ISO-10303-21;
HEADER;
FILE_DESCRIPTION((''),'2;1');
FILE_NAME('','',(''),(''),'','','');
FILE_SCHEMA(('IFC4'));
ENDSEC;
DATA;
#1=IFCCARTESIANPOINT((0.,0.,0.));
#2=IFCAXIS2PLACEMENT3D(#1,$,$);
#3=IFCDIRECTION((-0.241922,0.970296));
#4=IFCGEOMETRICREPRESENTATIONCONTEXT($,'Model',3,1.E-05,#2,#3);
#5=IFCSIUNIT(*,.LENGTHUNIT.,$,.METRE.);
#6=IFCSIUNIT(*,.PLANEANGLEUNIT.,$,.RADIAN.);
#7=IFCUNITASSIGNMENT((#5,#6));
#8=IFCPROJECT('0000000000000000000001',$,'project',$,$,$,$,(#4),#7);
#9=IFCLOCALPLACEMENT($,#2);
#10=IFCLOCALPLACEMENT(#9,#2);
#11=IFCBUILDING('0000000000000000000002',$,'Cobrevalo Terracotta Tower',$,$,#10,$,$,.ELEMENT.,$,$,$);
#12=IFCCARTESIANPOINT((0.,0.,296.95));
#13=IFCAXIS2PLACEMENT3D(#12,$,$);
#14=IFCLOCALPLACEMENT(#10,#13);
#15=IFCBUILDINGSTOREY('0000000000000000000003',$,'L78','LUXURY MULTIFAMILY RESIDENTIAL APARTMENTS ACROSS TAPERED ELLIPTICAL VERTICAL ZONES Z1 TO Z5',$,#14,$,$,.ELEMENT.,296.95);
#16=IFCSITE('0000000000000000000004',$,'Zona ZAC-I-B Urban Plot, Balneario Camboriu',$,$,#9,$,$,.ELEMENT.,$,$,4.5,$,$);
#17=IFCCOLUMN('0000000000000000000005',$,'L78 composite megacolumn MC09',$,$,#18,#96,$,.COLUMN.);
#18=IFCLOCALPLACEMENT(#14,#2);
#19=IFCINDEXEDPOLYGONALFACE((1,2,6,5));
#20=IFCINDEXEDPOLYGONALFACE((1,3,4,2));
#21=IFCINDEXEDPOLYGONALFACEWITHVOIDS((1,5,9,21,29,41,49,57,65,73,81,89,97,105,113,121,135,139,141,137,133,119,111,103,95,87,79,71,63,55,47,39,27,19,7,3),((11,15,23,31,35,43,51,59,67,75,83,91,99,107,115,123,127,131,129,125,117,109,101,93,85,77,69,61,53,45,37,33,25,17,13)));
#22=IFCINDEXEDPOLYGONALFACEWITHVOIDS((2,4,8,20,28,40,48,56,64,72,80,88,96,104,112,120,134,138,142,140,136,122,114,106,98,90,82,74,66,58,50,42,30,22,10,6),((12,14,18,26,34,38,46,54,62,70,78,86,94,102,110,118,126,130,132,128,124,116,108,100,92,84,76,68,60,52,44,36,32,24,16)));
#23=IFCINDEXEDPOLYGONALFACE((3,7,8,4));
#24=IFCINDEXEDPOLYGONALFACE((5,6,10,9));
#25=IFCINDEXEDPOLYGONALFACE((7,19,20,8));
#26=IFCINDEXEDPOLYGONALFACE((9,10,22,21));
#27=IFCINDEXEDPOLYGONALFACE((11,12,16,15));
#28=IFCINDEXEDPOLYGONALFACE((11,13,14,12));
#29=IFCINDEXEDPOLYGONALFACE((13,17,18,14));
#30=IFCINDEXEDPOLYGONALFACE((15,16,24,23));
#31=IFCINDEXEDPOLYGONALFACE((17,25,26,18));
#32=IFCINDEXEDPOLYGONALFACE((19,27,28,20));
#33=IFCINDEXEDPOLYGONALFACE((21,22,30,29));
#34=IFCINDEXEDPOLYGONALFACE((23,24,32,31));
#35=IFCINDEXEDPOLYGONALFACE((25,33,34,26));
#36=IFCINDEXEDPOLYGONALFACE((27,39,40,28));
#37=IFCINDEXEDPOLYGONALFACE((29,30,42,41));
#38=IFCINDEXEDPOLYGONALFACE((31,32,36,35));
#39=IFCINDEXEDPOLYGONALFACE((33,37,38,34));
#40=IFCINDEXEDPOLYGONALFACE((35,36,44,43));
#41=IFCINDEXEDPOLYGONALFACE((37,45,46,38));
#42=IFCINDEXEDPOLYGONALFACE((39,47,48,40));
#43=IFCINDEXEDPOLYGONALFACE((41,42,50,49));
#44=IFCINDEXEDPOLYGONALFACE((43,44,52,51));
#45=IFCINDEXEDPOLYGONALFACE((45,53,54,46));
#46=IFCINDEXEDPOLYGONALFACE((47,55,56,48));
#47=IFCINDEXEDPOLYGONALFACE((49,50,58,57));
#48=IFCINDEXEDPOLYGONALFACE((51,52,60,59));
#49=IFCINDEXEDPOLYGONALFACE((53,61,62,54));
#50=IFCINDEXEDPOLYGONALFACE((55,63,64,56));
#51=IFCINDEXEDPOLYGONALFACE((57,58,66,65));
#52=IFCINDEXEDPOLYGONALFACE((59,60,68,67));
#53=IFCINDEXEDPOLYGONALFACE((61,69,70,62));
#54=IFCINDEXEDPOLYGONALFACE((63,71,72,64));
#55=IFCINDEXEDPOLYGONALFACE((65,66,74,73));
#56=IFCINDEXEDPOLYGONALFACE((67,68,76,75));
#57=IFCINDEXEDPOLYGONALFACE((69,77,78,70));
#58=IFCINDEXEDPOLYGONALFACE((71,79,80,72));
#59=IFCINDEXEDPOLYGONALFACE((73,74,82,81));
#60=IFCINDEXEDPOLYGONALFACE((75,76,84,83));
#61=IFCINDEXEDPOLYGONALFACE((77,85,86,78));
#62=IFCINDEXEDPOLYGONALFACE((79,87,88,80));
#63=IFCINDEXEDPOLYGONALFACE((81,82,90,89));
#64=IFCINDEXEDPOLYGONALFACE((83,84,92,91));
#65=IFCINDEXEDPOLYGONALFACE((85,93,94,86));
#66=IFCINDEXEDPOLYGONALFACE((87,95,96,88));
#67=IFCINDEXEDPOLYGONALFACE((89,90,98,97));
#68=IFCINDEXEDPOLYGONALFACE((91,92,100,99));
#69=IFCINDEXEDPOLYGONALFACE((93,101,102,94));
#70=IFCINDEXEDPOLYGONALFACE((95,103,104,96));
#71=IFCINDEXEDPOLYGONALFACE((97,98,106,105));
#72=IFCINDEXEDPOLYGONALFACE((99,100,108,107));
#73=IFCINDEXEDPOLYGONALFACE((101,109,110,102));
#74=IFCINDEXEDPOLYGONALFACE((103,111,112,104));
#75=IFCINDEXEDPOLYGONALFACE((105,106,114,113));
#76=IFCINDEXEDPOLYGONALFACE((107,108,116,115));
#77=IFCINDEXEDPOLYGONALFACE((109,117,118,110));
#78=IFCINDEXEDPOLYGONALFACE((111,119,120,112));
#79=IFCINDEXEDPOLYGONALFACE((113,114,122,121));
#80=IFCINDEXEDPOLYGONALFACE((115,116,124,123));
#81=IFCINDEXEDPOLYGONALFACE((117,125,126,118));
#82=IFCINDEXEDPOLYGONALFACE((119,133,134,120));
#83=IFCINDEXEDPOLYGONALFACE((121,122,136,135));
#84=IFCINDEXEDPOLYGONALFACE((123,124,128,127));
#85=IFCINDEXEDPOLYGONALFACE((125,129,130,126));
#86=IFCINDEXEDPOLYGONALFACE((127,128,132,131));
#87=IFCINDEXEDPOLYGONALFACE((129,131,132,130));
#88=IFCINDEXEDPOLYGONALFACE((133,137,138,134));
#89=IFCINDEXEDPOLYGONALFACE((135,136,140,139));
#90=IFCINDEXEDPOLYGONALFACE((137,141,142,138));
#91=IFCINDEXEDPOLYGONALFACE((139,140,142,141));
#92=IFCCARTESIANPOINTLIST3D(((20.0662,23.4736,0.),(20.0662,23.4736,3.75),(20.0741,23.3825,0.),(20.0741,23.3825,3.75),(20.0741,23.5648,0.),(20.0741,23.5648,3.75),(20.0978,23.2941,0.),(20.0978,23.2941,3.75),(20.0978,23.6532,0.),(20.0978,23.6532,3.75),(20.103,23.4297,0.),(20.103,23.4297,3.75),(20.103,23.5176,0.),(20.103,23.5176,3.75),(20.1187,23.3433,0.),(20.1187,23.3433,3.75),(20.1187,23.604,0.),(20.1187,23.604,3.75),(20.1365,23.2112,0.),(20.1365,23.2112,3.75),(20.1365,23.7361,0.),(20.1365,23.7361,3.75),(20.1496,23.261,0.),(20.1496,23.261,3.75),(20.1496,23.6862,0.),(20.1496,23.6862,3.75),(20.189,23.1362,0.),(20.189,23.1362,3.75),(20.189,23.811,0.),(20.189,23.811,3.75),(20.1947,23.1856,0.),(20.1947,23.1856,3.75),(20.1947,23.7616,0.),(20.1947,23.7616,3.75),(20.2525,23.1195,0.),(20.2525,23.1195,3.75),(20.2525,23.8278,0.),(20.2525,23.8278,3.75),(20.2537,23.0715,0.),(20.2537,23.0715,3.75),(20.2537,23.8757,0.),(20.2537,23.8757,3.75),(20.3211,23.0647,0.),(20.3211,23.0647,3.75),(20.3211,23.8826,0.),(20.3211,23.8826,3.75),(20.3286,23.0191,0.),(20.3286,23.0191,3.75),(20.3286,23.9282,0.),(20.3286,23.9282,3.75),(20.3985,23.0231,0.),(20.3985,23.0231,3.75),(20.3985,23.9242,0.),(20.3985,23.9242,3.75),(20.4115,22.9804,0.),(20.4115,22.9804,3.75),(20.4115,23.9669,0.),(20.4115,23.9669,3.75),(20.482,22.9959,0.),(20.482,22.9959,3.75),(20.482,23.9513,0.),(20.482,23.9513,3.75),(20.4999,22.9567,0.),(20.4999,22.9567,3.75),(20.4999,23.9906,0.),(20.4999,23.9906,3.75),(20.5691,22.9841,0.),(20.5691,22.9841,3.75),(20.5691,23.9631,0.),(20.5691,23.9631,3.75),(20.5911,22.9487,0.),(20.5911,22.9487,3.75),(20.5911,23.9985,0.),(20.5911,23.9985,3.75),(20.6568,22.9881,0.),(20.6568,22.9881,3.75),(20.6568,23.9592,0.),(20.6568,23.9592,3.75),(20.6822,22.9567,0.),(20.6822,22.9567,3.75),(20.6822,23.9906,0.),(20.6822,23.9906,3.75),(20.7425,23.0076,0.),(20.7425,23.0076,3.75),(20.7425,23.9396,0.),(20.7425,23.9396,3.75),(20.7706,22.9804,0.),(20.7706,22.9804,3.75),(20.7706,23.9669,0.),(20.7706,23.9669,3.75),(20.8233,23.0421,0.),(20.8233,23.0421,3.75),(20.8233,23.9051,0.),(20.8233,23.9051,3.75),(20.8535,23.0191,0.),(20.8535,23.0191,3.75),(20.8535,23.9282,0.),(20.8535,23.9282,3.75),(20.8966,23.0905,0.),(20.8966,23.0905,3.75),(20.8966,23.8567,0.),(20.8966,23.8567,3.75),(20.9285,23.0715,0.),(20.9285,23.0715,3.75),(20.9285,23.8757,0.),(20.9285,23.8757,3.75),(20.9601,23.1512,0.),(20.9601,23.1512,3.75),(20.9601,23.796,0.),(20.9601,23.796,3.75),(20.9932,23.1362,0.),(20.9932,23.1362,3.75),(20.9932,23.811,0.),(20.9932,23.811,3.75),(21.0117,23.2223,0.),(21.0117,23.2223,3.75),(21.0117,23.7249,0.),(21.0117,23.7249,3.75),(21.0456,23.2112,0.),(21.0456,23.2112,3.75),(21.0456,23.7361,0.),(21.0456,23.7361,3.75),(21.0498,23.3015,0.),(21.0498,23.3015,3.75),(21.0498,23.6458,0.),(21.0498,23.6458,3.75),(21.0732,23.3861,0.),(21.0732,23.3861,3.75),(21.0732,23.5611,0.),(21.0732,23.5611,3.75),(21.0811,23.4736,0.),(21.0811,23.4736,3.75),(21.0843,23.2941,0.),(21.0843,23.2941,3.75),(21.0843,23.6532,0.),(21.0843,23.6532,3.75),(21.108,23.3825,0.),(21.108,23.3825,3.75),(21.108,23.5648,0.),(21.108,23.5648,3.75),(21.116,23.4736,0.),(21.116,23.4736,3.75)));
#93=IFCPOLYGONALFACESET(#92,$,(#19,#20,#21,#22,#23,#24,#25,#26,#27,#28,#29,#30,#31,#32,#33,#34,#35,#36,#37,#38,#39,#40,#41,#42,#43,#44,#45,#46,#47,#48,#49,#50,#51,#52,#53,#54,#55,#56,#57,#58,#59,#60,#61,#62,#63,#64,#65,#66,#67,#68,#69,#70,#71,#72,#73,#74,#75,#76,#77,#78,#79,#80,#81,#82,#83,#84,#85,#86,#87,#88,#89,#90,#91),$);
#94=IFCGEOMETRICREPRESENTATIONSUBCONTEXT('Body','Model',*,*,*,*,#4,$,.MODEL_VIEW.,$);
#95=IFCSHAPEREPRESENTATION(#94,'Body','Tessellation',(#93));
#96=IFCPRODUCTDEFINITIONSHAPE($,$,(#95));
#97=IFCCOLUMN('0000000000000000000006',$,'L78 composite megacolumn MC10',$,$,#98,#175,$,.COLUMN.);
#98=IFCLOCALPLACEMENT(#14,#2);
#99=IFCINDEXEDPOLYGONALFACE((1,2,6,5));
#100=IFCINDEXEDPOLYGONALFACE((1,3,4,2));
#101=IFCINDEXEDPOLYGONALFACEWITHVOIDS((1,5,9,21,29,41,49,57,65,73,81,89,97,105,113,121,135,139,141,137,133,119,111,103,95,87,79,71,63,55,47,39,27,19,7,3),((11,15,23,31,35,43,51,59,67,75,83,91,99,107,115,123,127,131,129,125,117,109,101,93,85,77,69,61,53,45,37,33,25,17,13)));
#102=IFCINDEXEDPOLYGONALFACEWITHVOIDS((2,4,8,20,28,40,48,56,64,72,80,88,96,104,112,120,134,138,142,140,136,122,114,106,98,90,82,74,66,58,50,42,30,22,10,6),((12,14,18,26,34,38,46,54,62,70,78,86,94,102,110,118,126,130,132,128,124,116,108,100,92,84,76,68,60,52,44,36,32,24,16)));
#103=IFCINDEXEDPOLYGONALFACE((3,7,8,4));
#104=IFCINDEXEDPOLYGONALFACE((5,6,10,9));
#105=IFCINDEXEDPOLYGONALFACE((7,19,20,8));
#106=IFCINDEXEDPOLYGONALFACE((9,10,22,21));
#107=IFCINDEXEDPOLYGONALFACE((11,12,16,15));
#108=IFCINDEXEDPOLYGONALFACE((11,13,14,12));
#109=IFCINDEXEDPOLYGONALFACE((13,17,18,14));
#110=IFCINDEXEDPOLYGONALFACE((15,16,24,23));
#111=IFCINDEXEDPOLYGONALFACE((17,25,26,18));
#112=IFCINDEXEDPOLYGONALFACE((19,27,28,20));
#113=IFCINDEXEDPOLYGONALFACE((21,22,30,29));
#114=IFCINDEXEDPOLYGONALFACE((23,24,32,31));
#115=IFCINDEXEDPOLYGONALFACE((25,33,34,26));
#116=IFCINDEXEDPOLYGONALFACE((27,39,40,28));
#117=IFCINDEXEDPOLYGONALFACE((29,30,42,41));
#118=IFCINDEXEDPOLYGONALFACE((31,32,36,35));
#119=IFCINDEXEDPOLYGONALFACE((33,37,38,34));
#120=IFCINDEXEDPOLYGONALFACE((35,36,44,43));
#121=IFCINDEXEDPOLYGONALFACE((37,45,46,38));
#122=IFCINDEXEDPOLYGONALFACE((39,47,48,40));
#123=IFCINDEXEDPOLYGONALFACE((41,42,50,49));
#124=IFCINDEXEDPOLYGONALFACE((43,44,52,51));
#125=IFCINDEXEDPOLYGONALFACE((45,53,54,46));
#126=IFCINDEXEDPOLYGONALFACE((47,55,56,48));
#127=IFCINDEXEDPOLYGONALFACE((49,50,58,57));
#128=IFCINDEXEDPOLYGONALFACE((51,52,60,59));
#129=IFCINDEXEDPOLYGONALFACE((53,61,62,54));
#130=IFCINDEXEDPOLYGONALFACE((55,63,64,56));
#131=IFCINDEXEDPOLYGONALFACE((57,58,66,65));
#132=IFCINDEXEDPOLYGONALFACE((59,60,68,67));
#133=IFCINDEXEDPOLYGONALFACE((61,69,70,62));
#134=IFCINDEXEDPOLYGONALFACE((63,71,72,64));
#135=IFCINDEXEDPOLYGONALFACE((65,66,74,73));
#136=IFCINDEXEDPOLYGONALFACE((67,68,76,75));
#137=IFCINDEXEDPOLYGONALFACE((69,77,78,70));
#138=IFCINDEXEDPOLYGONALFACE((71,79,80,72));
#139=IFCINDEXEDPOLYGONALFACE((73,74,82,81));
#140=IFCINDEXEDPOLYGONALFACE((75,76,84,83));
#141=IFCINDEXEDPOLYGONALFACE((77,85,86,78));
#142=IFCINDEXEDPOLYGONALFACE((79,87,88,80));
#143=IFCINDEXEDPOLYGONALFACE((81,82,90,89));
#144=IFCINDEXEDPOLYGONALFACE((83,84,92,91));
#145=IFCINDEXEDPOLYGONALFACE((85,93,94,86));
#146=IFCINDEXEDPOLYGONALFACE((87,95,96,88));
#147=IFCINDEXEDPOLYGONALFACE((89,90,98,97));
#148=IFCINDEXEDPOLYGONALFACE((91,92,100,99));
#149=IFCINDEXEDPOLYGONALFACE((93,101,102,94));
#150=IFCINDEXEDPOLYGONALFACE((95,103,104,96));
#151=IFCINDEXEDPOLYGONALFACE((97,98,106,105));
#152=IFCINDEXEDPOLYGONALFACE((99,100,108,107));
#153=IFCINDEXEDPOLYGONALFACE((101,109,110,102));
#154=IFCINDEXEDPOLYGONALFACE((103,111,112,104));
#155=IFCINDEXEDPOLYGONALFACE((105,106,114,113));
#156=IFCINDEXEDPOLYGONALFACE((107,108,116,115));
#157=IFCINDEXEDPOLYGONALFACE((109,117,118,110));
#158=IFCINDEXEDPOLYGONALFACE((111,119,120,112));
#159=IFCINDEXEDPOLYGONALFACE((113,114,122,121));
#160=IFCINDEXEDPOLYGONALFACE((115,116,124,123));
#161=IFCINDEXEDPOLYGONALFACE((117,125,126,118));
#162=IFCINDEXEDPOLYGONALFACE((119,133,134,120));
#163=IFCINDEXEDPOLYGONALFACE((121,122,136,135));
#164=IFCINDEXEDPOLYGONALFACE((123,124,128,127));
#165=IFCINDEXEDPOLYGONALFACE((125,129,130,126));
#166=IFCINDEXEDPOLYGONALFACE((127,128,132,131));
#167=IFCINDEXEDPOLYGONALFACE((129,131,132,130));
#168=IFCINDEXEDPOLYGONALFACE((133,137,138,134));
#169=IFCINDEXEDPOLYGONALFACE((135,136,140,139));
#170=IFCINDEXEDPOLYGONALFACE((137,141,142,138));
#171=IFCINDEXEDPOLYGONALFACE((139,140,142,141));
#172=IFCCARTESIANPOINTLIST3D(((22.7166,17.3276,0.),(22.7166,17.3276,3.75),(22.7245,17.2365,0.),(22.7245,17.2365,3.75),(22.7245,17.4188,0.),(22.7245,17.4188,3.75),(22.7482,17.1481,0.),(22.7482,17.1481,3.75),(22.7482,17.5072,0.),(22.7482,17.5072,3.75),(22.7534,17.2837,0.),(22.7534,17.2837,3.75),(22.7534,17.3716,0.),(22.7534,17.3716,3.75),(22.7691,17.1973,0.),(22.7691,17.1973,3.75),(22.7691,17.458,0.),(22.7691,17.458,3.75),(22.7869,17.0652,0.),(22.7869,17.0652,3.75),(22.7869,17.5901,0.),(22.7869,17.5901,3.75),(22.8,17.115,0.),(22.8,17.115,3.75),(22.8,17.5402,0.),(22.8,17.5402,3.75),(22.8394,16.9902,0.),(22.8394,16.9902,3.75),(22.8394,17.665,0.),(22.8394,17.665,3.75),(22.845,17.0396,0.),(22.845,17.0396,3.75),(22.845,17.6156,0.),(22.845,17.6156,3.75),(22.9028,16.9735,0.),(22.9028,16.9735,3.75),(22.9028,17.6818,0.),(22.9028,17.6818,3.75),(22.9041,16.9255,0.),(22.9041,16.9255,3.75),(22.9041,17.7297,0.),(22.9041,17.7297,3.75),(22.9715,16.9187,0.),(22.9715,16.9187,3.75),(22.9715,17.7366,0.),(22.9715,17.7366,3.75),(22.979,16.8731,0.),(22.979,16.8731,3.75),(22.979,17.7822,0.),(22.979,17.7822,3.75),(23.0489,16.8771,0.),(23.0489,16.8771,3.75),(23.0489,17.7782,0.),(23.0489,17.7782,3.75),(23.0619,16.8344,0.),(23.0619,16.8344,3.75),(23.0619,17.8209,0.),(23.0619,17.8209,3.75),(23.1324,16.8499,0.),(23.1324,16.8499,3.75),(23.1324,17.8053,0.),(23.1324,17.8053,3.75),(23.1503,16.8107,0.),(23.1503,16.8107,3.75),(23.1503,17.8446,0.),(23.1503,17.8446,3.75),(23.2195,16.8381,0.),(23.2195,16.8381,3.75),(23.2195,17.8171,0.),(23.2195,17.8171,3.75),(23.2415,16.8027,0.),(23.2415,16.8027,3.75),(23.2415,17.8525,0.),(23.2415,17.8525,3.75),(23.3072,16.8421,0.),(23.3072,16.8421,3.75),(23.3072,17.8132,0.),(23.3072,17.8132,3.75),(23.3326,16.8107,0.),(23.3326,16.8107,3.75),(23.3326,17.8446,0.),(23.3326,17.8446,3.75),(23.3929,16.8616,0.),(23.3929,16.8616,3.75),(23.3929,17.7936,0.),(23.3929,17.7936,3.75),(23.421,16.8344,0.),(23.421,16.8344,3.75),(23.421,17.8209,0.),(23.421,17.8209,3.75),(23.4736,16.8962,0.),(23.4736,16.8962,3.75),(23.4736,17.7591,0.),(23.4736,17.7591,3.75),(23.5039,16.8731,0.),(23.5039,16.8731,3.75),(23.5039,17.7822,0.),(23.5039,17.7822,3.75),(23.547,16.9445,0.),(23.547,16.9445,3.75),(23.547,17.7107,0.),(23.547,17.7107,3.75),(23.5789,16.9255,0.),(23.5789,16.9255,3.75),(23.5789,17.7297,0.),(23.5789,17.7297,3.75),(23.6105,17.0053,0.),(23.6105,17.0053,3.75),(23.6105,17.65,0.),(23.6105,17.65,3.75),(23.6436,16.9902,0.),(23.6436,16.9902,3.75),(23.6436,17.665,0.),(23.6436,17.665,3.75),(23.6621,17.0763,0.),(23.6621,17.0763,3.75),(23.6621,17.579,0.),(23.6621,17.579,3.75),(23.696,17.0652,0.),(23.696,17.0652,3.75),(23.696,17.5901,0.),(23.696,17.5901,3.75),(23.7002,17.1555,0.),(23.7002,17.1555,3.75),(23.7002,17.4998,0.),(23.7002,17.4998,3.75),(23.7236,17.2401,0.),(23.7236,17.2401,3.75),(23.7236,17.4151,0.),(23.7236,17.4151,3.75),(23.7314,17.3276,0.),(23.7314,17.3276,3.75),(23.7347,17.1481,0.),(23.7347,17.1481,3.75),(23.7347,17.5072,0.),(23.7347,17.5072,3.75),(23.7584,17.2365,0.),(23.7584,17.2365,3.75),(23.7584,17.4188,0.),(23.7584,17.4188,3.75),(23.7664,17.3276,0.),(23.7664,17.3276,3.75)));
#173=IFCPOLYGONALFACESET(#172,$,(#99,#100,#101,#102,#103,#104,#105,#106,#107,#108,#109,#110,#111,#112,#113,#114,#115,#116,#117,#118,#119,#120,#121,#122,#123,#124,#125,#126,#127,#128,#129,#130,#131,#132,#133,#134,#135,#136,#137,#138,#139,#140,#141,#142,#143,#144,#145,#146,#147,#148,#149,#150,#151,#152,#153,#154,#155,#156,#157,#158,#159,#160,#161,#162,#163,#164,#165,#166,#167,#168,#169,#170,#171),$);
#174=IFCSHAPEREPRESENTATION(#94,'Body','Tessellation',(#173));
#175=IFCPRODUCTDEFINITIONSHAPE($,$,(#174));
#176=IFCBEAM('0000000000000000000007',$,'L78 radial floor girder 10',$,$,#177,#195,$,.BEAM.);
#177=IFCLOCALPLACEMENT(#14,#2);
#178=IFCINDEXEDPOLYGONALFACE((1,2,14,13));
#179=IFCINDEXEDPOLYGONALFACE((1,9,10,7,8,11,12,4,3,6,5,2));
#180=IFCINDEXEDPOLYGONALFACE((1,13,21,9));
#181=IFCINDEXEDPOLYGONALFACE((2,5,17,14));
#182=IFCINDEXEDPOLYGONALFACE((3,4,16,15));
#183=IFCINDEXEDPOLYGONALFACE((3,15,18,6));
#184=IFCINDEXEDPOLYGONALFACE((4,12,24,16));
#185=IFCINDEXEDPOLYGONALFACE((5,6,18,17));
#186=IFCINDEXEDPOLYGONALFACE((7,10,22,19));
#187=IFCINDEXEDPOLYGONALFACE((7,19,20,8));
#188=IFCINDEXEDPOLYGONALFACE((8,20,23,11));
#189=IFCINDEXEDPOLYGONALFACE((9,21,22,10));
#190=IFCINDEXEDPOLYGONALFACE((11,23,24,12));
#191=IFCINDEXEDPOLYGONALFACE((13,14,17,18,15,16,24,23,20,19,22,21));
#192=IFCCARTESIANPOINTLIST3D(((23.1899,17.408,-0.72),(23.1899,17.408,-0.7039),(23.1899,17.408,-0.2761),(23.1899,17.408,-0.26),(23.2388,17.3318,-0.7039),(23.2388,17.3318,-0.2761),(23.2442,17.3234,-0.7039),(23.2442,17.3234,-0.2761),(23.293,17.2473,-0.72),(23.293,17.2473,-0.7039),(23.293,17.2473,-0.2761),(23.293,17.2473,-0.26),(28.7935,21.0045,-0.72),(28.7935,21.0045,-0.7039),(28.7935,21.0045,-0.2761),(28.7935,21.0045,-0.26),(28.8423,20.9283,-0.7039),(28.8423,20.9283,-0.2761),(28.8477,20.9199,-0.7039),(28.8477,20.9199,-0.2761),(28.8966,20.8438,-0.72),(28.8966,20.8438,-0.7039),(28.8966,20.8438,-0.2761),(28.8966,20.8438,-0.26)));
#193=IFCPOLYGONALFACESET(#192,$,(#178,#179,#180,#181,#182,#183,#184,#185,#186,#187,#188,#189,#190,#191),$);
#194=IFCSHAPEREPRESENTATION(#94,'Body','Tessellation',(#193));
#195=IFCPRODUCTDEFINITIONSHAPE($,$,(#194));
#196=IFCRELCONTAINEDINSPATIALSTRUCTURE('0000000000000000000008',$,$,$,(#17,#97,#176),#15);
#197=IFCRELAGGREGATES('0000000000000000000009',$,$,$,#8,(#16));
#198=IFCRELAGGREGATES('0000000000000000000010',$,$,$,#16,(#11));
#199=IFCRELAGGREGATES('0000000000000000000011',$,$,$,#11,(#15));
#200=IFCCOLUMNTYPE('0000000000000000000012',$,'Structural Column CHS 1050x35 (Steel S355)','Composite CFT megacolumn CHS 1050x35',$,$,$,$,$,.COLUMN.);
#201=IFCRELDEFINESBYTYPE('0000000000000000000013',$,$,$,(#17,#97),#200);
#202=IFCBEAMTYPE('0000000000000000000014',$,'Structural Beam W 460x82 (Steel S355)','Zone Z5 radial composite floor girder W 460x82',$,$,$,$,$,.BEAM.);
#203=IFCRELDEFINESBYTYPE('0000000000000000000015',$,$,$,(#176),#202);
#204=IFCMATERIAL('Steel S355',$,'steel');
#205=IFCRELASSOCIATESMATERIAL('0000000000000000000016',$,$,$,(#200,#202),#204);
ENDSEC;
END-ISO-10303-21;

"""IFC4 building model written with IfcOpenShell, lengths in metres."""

from ifc_helpers import new_model, si_unit, direction, frame, origin, origin_2d, place, context, subcontext, project, spatial, hollow_circle, i_section, extrude, material, material_profile, profile_set, type_object, element, save


model = new_model("IFC4")

# Units and contexts
model_context = context("Model", 3, precision=1e-05, world=origin(), true_north=direction((-0.241922, 0.970296)))
body_context = subcontext(model_context, "Body", "Model", "MODEL_VIEW")
ifc_project = project(units=[si_unit("LENGTHUNIT", "METRE"), si_unit("PLANEANGLEUNIT", "RADIAN")], contexts=[model_context])

# Site, building, storey
site_placement = place(None, origin())
site = spatial("IfcSite", under=ifc_project, at=site_placement, Name="Zona ZAC-I-B Urban Plot, Balneario Camboriu", CompositionType="ELEMENT", RefElevation=4.5)
building_placement = place(site_placement, origin())
building = spatial("IfcBuilding", under=site, at=building_placement, Name="Cobrevalo Terracotta Tower", CompositionType="ELEMENT")
storey_placement = place(building_placement, frame((0.0, 0.0, 296.95)))
storey = spatial("IfcBuildingStorey", under=building, at=storey_placement, Name="L78", Description="LUXURY MULTIFAMILY RESIDENTIAL APARTMENTS ACROSS TAPERED ELLIPTICAL VERTICAL ZONES Z1 TO Z5", CompositionType="ELEMENT", Elevation=296.95)

# Columns
ifc_material_1 = material(Name="Steel S355", Category="steel")
ifc_material_profile_1 = material_profile(ifc_material_1, hollow_circle(Radius=0.5249, WallThickness=0.0349, at=origin_2d()), Name="CHS 1050x35")
ifc_profile_set_1 = profile_set([ifc_material_profile_1], Name="Steel S355")
column_type = type_object("IfcColumnType", Name="Structural Column CHS 1050x35 (Steel S355)", Description="Composite CFT megacolumn CHS 1050x35", PredefinedType="COLUMN", material=ifc_profile_set_1)
for number, where, z_axis, x_axis, name in (
    (1, (20.5911, 23.4736, 0.0), (0.0, 0.0, 1.0), (1.0, 0.0, 0.0), "L78 composite megacolumn MC09"),
    (2, (23.2415, 17.3276, 0.0), (0.0, 0.0, 1.0), (1.0, 0.0, 0.0), "L78 composite megacolumn MC10"),
):
    element("IfcColumn", number, at=place(storey_placement, frame(where, z_axis=z_axis, x_axis=x_axis)), inside=storey, type_object=column_type, Name=name, PredefinedType="COLUMN", context=body_context, shape_type="SweptSolid", body=[
        extrude(hollow_circle(Radius=0.5249, WallThickness=0.0349, at=origin_2d()), origin(), (0.0, 0.0, 1.0), 3.75),
    ])

# Beam
ifc_material_profile_2 = material_profile(ifc_material_1, i_section(OverallWidth=0.1909, OverallDepth=0.46, WebThickness=0.01, FlangeThickness=0.0161, at=origin_2d()), Name="W 460x82")
ifc_profile_set_2 = profile_set([ifc_material_profile_2], Name="Steel S355")
beam_type_1 = type_object("IfcBeamType", Name="Structural Beam W 460x82 (Steel S355)", Description="Zone Z5 radial composite floor girder W 460x82", PredefinedType="BEAM", material=ifc_profile_set_2)
beam_1_placement = place(storey_placement, frame((23.2415, 17.3276, -0.49), z_axis=(0.841576, 0.540138, 0.0), x_axis=(-0.540138, 0.841576, 0.0)))
element("IfcBeam", 3, at=beam_1_placement, inside=storey, type_object=beam_type_1, Name="L78 radial floor girder 10", PredefinedType="BEAM", context=body_context, shape_type="SweptSolid", body=[
    extrude(i_section(OverallWidth=0.1909, OverallDepth=0.46, WebThickness=0.01, FlangeThickness=0.0161, at=origin_2d()), origin(), (0.0, 0.0, 1.0), 6.6584),
])

save(model, "model.ifc")
